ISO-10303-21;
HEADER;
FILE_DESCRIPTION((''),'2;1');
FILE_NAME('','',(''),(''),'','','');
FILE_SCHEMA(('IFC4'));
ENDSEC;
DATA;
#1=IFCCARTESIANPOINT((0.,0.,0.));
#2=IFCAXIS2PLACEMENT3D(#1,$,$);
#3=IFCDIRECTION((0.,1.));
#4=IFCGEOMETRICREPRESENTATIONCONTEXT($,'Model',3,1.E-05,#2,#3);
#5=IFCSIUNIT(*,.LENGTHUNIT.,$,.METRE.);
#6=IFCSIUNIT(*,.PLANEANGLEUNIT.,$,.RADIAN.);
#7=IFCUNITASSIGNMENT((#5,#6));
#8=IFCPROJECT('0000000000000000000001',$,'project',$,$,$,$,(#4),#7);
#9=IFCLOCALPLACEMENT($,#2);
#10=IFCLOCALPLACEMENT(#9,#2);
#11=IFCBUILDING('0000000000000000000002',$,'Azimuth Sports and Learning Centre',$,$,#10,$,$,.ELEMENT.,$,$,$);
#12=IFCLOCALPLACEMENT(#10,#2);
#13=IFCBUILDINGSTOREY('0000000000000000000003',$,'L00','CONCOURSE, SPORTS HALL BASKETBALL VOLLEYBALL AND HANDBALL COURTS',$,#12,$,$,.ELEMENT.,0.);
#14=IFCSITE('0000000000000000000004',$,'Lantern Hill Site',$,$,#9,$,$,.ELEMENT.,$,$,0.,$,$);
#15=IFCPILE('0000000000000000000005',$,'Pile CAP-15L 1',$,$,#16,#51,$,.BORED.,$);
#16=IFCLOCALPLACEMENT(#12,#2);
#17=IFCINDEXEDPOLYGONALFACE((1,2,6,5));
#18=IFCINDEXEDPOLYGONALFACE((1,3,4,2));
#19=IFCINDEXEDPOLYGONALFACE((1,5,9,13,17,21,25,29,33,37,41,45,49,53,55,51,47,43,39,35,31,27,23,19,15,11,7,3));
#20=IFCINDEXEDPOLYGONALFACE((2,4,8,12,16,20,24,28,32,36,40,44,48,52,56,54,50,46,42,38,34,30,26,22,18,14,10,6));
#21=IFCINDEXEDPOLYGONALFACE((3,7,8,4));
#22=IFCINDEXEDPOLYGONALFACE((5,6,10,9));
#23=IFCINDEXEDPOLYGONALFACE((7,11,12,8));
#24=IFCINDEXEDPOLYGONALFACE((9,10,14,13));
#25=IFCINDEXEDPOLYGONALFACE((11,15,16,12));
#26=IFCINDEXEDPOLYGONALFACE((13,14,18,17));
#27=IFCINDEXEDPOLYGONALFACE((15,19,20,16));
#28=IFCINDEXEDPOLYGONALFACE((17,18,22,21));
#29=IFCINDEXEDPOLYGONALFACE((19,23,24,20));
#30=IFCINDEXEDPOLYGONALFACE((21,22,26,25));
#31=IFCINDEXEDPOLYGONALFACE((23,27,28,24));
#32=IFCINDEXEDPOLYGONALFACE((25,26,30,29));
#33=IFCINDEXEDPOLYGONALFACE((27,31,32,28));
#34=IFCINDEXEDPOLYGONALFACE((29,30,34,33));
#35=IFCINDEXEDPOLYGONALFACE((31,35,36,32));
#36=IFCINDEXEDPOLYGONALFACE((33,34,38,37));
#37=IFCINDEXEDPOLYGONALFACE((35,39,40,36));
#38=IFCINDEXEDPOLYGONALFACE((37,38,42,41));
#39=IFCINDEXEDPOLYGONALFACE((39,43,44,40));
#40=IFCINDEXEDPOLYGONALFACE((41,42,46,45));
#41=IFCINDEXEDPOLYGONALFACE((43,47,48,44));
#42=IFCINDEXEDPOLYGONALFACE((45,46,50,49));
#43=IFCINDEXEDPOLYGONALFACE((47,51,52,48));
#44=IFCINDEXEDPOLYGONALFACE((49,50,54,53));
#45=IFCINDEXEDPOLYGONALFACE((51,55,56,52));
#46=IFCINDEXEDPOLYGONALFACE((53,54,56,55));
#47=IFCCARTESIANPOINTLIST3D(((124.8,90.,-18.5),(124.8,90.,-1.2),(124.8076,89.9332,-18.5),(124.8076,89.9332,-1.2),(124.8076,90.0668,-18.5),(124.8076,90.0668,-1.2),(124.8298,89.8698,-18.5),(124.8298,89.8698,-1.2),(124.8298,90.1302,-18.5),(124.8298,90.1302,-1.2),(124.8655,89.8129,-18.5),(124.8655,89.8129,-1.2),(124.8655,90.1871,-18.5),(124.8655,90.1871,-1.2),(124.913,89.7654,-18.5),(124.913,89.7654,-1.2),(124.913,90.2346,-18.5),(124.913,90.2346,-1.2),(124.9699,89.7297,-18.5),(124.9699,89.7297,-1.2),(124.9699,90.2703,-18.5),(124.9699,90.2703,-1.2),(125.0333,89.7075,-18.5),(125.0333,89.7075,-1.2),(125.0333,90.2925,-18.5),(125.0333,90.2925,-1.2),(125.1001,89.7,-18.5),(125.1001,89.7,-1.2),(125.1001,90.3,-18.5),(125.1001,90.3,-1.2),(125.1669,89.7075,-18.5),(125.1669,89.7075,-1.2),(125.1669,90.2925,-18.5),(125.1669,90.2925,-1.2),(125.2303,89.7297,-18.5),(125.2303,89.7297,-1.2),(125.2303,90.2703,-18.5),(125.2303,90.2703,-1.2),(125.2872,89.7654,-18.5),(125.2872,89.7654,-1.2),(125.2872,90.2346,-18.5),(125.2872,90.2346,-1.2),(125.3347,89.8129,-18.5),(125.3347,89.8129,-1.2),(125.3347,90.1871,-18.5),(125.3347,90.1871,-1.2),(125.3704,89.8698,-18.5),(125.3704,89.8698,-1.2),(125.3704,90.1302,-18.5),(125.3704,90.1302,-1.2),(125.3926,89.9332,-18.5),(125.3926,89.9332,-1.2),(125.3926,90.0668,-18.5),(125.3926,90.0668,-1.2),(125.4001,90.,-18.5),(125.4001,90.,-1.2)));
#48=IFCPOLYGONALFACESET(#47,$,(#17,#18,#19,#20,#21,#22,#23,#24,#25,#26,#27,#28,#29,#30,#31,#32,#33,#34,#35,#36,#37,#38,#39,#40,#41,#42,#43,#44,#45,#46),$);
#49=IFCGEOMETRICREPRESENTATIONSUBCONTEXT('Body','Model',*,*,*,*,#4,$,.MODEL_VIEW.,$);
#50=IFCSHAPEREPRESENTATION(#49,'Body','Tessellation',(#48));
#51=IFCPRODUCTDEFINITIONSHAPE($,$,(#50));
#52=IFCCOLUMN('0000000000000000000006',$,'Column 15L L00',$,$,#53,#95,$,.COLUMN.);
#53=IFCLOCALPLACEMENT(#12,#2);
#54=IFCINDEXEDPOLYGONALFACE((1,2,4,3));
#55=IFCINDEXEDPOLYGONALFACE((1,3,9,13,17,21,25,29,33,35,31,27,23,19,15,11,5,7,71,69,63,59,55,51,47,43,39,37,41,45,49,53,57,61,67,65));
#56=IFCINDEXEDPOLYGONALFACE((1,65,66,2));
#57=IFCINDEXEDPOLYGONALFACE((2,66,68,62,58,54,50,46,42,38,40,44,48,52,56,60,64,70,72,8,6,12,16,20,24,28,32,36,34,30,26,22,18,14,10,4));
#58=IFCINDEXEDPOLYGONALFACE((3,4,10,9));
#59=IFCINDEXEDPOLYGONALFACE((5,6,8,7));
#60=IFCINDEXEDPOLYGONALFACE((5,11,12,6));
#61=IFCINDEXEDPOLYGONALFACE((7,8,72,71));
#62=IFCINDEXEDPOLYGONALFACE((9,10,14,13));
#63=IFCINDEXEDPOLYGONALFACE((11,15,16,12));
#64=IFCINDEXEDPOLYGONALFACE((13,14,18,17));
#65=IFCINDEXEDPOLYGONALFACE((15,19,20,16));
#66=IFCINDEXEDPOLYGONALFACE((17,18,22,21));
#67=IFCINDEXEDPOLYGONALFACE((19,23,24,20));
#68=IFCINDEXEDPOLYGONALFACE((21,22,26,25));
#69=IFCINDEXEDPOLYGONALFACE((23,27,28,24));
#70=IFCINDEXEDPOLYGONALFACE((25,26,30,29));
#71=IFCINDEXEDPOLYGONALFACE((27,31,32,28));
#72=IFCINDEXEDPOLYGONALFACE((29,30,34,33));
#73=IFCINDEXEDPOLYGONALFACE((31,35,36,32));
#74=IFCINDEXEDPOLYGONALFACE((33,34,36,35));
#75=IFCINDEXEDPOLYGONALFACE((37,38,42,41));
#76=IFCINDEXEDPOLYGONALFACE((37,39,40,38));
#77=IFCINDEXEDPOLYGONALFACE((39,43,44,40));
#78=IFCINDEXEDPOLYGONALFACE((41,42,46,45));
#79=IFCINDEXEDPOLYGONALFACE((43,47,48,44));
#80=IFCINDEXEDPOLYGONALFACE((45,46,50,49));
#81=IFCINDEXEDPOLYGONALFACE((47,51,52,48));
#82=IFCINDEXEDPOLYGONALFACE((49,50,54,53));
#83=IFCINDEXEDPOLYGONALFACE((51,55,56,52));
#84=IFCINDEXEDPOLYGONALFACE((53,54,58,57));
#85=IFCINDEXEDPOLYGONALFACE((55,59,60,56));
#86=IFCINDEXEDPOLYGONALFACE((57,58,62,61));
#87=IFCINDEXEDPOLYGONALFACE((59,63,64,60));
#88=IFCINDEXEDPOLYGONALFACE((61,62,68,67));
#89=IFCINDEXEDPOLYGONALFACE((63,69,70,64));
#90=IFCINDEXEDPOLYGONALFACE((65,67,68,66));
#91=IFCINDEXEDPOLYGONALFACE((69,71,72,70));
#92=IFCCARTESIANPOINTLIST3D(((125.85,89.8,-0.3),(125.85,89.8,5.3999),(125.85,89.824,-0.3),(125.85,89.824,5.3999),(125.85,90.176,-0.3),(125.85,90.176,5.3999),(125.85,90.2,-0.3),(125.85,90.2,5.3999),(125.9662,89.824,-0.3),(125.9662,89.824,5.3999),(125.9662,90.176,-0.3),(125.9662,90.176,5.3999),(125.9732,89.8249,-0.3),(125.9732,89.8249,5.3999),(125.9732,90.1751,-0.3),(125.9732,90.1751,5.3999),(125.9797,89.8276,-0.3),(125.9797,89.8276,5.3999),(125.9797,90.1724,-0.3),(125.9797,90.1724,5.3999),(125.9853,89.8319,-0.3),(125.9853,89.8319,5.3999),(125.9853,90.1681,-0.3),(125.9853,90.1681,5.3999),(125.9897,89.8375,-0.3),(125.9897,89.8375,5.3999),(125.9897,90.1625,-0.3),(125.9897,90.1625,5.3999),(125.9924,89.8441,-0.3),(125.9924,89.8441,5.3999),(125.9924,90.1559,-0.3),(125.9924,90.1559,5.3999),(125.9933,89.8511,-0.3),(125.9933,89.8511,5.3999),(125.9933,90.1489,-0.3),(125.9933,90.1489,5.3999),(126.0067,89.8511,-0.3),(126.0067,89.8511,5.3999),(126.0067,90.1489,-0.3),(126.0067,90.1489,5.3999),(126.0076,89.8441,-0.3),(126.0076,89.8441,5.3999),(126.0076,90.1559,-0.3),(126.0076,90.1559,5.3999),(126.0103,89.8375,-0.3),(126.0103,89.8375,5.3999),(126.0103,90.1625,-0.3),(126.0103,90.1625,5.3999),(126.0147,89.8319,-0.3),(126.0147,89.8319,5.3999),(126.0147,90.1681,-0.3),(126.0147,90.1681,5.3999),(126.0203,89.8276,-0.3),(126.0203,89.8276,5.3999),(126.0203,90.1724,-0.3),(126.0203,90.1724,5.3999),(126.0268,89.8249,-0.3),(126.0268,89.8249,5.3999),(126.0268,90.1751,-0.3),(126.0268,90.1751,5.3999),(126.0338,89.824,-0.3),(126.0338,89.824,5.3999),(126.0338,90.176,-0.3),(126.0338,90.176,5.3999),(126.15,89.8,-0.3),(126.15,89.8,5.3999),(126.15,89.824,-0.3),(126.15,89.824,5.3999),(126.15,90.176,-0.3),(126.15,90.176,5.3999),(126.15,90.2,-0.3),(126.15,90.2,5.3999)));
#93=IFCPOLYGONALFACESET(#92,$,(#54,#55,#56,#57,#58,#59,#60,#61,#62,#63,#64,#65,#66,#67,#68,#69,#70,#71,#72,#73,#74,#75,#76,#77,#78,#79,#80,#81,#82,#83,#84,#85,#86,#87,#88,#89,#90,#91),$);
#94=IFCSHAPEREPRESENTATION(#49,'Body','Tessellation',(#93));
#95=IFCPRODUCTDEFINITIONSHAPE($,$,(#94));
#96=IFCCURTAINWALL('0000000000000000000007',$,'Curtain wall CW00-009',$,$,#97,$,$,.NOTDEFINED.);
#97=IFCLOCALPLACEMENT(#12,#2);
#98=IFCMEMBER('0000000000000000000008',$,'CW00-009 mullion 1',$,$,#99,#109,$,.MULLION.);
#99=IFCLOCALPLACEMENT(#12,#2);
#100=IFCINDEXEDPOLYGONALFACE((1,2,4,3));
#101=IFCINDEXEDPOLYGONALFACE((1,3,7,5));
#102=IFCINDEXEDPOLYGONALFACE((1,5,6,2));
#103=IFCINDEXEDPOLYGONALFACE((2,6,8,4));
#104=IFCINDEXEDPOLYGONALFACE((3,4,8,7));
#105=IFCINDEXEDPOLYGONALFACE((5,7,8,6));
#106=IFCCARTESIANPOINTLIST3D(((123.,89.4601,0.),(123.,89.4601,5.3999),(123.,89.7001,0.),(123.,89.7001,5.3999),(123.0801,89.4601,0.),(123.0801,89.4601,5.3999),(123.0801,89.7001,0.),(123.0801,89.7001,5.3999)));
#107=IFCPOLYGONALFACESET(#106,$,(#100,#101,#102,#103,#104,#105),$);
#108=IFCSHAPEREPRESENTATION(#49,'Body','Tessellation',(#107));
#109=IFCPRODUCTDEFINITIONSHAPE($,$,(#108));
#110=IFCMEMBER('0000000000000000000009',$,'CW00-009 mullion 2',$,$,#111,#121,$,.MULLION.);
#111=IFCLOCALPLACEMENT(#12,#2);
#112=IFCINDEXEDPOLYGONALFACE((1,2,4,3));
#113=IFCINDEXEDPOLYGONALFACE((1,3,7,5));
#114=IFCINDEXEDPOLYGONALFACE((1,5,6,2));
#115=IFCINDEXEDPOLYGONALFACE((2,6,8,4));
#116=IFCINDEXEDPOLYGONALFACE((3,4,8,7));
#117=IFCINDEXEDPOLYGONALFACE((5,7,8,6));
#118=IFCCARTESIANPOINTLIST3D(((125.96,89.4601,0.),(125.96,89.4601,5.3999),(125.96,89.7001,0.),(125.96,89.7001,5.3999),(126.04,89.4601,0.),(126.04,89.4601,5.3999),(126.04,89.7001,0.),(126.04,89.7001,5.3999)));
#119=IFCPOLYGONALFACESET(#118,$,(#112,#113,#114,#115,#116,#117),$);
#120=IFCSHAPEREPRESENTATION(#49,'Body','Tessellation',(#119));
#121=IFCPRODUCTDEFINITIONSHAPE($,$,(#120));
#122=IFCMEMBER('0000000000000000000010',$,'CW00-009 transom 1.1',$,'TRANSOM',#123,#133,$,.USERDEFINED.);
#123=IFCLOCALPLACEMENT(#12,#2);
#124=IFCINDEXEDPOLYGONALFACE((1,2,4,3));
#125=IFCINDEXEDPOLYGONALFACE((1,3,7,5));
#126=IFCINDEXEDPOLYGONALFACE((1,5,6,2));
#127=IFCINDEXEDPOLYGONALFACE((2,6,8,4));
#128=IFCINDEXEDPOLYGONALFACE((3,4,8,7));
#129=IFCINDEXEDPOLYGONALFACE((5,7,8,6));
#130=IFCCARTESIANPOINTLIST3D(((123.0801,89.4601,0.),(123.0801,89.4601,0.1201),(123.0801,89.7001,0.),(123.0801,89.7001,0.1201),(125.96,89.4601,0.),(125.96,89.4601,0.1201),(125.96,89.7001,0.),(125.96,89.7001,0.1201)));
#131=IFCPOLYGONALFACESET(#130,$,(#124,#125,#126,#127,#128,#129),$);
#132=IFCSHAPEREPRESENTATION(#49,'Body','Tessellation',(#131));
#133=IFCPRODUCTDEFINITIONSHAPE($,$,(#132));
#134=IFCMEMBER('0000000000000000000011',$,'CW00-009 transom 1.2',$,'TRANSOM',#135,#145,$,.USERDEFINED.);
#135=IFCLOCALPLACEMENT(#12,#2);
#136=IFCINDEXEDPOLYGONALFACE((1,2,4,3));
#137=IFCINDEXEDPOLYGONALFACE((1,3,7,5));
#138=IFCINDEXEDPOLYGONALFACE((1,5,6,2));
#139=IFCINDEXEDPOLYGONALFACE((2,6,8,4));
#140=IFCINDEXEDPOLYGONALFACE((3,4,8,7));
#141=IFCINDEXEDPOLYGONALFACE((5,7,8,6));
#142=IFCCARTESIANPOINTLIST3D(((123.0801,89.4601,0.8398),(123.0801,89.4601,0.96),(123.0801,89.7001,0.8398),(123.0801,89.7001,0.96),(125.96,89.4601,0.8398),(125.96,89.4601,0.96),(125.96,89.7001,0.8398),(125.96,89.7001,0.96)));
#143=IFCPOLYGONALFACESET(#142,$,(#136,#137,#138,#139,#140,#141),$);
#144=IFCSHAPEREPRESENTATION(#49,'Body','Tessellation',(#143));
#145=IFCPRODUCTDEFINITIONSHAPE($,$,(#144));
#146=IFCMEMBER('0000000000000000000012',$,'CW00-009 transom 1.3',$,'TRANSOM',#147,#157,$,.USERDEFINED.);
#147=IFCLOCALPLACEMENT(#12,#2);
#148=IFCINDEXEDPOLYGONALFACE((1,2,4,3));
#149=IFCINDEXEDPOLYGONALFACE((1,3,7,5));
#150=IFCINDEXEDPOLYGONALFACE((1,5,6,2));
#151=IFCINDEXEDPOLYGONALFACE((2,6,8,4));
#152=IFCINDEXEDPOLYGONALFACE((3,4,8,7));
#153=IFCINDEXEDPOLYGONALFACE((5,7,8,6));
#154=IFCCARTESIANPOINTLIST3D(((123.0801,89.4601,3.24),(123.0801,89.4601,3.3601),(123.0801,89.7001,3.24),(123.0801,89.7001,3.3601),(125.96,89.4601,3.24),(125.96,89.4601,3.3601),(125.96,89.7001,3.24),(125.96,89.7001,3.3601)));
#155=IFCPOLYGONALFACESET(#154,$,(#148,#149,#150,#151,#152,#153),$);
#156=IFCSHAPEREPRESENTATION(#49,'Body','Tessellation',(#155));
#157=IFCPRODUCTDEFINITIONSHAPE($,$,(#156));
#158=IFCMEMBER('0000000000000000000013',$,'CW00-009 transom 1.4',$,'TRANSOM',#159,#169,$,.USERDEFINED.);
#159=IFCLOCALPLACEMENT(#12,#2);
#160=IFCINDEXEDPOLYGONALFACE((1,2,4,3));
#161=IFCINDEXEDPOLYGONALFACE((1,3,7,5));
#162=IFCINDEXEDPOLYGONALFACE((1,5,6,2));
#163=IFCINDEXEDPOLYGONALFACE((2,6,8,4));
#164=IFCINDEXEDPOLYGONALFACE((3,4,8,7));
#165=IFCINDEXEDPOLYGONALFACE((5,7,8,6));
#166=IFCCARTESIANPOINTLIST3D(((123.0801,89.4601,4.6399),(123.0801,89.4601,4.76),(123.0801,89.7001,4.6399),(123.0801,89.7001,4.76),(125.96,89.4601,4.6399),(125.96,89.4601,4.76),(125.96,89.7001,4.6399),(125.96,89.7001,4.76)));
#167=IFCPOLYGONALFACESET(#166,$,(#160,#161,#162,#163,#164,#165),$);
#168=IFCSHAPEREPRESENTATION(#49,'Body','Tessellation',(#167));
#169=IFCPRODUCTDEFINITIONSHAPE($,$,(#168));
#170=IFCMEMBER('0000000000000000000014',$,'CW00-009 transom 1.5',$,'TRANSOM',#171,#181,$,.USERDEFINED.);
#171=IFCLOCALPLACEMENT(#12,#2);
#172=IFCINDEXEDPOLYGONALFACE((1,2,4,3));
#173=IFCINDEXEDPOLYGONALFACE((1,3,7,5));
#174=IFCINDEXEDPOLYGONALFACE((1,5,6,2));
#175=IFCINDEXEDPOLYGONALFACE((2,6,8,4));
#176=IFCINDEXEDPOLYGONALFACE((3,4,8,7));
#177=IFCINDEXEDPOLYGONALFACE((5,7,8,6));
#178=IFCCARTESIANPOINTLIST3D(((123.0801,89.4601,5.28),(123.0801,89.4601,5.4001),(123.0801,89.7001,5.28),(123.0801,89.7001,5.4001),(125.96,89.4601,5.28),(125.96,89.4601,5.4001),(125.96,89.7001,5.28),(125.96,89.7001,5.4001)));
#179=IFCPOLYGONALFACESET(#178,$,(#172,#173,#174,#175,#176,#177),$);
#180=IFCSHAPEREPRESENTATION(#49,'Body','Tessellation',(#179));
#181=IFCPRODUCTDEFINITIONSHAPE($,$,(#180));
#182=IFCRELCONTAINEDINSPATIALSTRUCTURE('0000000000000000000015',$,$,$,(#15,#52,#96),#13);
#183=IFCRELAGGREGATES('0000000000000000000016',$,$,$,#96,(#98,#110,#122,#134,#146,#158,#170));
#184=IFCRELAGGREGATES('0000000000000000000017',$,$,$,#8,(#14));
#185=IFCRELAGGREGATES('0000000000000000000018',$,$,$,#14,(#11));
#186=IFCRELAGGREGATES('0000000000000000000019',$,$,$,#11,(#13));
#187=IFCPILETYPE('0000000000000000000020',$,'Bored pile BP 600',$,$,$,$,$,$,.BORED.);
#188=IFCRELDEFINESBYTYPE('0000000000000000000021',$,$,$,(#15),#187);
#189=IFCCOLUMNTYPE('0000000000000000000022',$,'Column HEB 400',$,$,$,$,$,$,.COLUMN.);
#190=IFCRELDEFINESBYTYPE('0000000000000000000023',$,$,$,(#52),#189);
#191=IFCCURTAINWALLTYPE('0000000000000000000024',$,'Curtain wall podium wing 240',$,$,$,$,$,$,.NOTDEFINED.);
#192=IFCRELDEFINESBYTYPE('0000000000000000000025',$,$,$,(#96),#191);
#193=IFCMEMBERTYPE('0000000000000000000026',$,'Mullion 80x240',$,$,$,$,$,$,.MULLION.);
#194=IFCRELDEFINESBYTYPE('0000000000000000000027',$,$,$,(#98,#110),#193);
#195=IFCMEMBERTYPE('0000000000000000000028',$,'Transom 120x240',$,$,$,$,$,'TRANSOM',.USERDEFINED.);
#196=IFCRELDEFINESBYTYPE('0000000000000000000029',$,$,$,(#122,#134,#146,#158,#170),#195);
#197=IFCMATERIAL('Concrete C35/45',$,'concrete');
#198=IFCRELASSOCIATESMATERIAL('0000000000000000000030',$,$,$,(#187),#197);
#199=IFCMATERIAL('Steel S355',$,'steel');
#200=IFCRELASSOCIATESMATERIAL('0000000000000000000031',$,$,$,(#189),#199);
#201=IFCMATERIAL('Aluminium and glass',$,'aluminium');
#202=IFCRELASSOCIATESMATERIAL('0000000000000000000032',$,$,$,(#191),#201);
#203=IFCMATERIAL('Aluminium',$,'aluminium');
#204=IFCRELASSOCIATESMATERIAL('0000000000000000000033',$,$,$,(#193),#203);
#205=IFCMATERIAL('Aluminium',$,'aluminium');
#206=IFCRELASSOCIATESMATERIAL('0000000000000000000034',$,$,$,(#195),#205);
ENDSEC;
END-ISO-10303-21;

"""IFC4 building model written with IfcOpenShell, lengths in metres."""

from ifc_helpers import new_model, si_unit, direction, frame, origin, origin_2d, place, context, subcontext, project, spatial, rectangle, circle, i_section, extrude, material, material_profile, profile_set, type_object, element, aggregate, save


model = new_model("IFC4")

# Units and contexts
model_context = context("Model", 3, precision=1e-05, world=origin(), true_north=direction((0.0, 1.0)))
body_context = subcontext(model_context, "Body", "Model", "MODEL_VIEW")
ifc_project = project(units=[si_unit("LENGTHUNIT", "METRE"), si_unit("PLANEANGLEUNIT", "RADIAN")], contexts=[model_context])

# Site, building, storey
site_placement = place(None, origin())
site = spatial("IfcSite", under=ifc_project, at=site_placement, Name="Lantern Hill Site", CompositionType="ELEMENT", RefElevation=0.0)
building_placement = place(site_placement, origin())
building = spatial("IfcBuilding", under=site, at=building_placement, Name="Azimuth Sports and Learning Centre", CompositionType="ELEMENT")
storey_placement = place(building_placement, origin())
storey = spatial("IfcBuildingStorey", under=building, at=storey_placement, Name="L00", Description="CONCOURSE, SPORTS HALL BASKETBALL VOLLEYBALL AND HANDBALL COURTS", CompositionType="ELEMENT", Elevation=0.0)

# Pile
ifc_material_1 = material(Name="Concrete C35/45", Category="concrete")
ifc_material_profile_1 = material_profile(ifc_material_1, circle(Radius=0.3, at=origin_2d()), Name="BP 600")
ifc_profile_set_1 = profile_set([ifc_material_profile_1], Name="Concrete C35/45")
pile_type = type_object("IfcPileType", Name="Bored pile BP 600", PredefinedType="BORED", material=ifc_profile_set_1)
pile_placement = place(storey_placement, frame((125.1001, 90.0, -1.2), z_axis=(0.0, 0.0, -1.0), x_axis=(1.0, 0.0, 0.0)))
element("IfcPile", 1, at=pile_placement, inside=storey, type_object=pile_type, Name="Pile CAP-15L 1", PredefinedType="BORED", context=body_context, shape_type="SweptSolid", body=[
    extrude(circle(Radius=0.3, at=origin_2d()), origin(), (0.0, 0.0, 1.0), 17.3),
])

# Column
ifc_material_2 = material(Name="Steel S355", Category="steel")
ifc_material_profile_2 = material_profile(ifc_material_2, i_section(OverallWidth=0.3, OverallDepth=0.3999, WebThickness=0.0134, FlangeThickness=0.0239, FilletRadius=0.0271, at=origin_2d()), Name="HEB 400")
ifc_profile_set_2 = profile_set([ifc_material_profile_2], Name="Steel S355")
column_type = type_object("IfcColumnType", Name="Column HEB 400", PredefinedType="COLUMN", material=ifc_profile_set_2)
column_placement = place(storey_placement, frame((126.0, 90.0, -0.3), z_axis=(0.0, 0.0, 1.0), x_axis=(1.0, 0.0, 0.0)))
element("IfcColumn", 2, at=column_placement, inside=storey, type_object=column_type, Name="Column 15L L00", PredefinedType="COLUMN", context=body_context, shape_type="SweptSolid", body=[
    extrude(i_section(OverallWidth=0.3, OverallDepth=0.3999, WebThickness=0.0134, FlangeThickness=0.0239, FilletRadius=0.0271, at=origin_2d()), origin(), (0.0, 0.0, 1.0), 5.7),
])

# Curtain wall, members
ifc_material_3 = material(Name="Aluminium and glass", Category="aluminium")
curtain_wall_type = type_object("IfcCurtainWallType", Name="Curtain wall podium wing 240", PredefinedType="NOTDEFINED", material=ifc_material_3)
curtain_wall_placement = place(storey_placement, origin())
curtain_wall = element("IfcCurtainWall", 3, at=curtain_wall_placement, inside=storey, type_object=curtain_wall_type, Name="Curtain wall CW00-009", PredefinedType="NOTDEFINED")
ifc_material_4 = material(Name="Aluminium", Category="aluminium")
ifc_material_profile_3 = material_profile(ifc_material_4, rectangle(XDim=0.24, YDim=0.0801, at=origin_2d()), Name="Mullion 80x240")
ifc_profile_set_3 = profile_set([ifc_material_profile_3], Name="Aluminium")
member_type_1 = type_object("IfcMemberType", Name="Mullion 80x240", PredefinedType="MULLION", material=ifc_profile_set_3)
member_1_placement = place(storey_placement, frame((123.04, 89.5801, 0.0), z_axis=(0.0, 0.0, 1.0), x_axis=(0.0, 1.0, 0.0)))
member_1 = element("IfcMember", 4, at=member_1_placement, type_object=member_type_1, Name="CW00-009 mullion 1", PredefinedType="MULLION", context=body_context, shape_type="SweptSolid", body=[
    extrude(rectangle(XDim=0.24, YDim=0.0801, at=origin_2d()), origin(), (0.0, 0.0, 1.0), 5.3999),
])
member_2_placement = place(storey_placement, frame((126.0, 89.5801, 0.0), z_axis=(0.0, 0.0, 1.0), x_axis=(0.0, 1.0, 0.0)))
member_2 = element("IfcMember", 5, at=member_2_placement, type_object=member_type_1, Name="CW00-009 mullion 2", PredefinedType="MULLION", context=body_context, shape_type="SweptSolid", body=[
    extrude(rectangle(XDim=0.24, YDim=0.0801, at=origin_2d()), origin(), (0.0, 0.0, 1.0), 5.3999),
])
ifc_material_5 = material(Name="Aluminium", Category="aluminium")
ifc_material_profile_4 = material_profile(ifc_material_5, rectangle(XDim=0.24, YDim=0.1201, at=origin_2d()), Name="Transom 120x240")
ifc_profile_set_4 = profile_set([ifc_material_profile_4], Name="Aluminium")
member_type_2 = type_object("IfcMemberType", Name="Transom 120x240", ElementType="TRANSOM", PredefinedType="USERDEFINED", material=ifc_profile_set_4)
member_3_placement = place(storey_placement, frame((123.0801, 89.5801, 0.0601), z_axis=(1.0, 0.0, 0.0), x_axis=(0.0, 1.0, 0.0)))
member_3 = element("IfcMember", 6, at=member_3_placement, type_object=member_type_2, Name="CW00-009 transom 1.1", ObjectType="TRANSOM", PredefinedType="USERDEFINED", context=body_context, shape_type="SweptSolid", body=[
    extrude(rectangle(XDim=0.24, YDim=0.1201, at=origin_2d()), origin(), (0.0, 0.0, 1.0), 2.8799),
])
member_4_placement = place(storey_placement, frame((123.0801, 89.5801, 0.8999), z_axis=(1.0, 0.0, 0.0), x_axis=(0.0, 1.0, 0.0)))
member_4 = element("IfcMember", 7, at=member_4_placement, type_object=member_type_2, Name="CW00-009 transom 1.2", ObjectType="TRANSOM", PredefinedType="USERDEFINED", context=body_context, shape_type="SweptSolid", body=[
    extrude(rectangle(XDim=0.24, YDim=0.1201, at=origin_2d()), origin(), (0.0, 0.0, 1.0), 2.8799),
])
member_5_placement = place(storey_placement, frame((123.0801, 89.5801, 3.3), z_axis=(1.0, 0.0, 0.0), x_axis=(0.0, 1.0, 0.0)))
member_5 = element("IfcMember", 8, at=member_5_placement, type_object=member_type_2, Name="CW00-009 transom 1.3", ObjectType="TRANSOM", PredefinedType="USERDEFINED", context=body_context, shape_type="SweptSolid", body=[
    extrude(rectangle(XDim=0.24, YDim=0.1201, at=origin_2d()), origin(), (0.0, 0.0, 1.0), 2.8799),
])
member_6_placement = place(storey_placement, frame((123.0801, 89.5801, 4.7), z_axis=(1.0, 0.0, 0.0), x_axis=(0.0, 1.0, 0.0)))
member_6 = element("IfcMember", 9, at=member_6_placement, type_object=member_type_2, Name="CW00-009 transom 1.4", ObjectType="TRANSOM", PredefinedType="USERDEFINED", context=body_context, shape_type="SweptSolid", body=[
    extrude(rectangle(XDim=0.24, YDim=0.1201, at=origin_2d()), origin(), (0.0, 0.0, 1.0), 2.8799),
])
member_7_placement = place(storey_placement, frame((123.0801, 89.5801, 5.3401), z_axis=(1.0, 0.0, 0.0), x_axis=(0.0, 1.0, 0.0)))
member_7 = element("IfcMember", 10, at=member_7_placement, type_object=member_type_2, Name="CW00-009 transom 1.5", ObjectType="TRANSOM", PredefinedType="USERDEFINED", context=body_context, shape_type="SweptSolid", body=[
    extrude(rectangle(XDim=0.24, YDim=0.1201, at=origin_2d()), origin(), (0.0, 0.0, 1.0), 2.8799),
])
aggregate(curtain_wall, [member_1, member_2, member_3, member_4, member_5, member_6, member_7])

save(model, "model.ifc")
